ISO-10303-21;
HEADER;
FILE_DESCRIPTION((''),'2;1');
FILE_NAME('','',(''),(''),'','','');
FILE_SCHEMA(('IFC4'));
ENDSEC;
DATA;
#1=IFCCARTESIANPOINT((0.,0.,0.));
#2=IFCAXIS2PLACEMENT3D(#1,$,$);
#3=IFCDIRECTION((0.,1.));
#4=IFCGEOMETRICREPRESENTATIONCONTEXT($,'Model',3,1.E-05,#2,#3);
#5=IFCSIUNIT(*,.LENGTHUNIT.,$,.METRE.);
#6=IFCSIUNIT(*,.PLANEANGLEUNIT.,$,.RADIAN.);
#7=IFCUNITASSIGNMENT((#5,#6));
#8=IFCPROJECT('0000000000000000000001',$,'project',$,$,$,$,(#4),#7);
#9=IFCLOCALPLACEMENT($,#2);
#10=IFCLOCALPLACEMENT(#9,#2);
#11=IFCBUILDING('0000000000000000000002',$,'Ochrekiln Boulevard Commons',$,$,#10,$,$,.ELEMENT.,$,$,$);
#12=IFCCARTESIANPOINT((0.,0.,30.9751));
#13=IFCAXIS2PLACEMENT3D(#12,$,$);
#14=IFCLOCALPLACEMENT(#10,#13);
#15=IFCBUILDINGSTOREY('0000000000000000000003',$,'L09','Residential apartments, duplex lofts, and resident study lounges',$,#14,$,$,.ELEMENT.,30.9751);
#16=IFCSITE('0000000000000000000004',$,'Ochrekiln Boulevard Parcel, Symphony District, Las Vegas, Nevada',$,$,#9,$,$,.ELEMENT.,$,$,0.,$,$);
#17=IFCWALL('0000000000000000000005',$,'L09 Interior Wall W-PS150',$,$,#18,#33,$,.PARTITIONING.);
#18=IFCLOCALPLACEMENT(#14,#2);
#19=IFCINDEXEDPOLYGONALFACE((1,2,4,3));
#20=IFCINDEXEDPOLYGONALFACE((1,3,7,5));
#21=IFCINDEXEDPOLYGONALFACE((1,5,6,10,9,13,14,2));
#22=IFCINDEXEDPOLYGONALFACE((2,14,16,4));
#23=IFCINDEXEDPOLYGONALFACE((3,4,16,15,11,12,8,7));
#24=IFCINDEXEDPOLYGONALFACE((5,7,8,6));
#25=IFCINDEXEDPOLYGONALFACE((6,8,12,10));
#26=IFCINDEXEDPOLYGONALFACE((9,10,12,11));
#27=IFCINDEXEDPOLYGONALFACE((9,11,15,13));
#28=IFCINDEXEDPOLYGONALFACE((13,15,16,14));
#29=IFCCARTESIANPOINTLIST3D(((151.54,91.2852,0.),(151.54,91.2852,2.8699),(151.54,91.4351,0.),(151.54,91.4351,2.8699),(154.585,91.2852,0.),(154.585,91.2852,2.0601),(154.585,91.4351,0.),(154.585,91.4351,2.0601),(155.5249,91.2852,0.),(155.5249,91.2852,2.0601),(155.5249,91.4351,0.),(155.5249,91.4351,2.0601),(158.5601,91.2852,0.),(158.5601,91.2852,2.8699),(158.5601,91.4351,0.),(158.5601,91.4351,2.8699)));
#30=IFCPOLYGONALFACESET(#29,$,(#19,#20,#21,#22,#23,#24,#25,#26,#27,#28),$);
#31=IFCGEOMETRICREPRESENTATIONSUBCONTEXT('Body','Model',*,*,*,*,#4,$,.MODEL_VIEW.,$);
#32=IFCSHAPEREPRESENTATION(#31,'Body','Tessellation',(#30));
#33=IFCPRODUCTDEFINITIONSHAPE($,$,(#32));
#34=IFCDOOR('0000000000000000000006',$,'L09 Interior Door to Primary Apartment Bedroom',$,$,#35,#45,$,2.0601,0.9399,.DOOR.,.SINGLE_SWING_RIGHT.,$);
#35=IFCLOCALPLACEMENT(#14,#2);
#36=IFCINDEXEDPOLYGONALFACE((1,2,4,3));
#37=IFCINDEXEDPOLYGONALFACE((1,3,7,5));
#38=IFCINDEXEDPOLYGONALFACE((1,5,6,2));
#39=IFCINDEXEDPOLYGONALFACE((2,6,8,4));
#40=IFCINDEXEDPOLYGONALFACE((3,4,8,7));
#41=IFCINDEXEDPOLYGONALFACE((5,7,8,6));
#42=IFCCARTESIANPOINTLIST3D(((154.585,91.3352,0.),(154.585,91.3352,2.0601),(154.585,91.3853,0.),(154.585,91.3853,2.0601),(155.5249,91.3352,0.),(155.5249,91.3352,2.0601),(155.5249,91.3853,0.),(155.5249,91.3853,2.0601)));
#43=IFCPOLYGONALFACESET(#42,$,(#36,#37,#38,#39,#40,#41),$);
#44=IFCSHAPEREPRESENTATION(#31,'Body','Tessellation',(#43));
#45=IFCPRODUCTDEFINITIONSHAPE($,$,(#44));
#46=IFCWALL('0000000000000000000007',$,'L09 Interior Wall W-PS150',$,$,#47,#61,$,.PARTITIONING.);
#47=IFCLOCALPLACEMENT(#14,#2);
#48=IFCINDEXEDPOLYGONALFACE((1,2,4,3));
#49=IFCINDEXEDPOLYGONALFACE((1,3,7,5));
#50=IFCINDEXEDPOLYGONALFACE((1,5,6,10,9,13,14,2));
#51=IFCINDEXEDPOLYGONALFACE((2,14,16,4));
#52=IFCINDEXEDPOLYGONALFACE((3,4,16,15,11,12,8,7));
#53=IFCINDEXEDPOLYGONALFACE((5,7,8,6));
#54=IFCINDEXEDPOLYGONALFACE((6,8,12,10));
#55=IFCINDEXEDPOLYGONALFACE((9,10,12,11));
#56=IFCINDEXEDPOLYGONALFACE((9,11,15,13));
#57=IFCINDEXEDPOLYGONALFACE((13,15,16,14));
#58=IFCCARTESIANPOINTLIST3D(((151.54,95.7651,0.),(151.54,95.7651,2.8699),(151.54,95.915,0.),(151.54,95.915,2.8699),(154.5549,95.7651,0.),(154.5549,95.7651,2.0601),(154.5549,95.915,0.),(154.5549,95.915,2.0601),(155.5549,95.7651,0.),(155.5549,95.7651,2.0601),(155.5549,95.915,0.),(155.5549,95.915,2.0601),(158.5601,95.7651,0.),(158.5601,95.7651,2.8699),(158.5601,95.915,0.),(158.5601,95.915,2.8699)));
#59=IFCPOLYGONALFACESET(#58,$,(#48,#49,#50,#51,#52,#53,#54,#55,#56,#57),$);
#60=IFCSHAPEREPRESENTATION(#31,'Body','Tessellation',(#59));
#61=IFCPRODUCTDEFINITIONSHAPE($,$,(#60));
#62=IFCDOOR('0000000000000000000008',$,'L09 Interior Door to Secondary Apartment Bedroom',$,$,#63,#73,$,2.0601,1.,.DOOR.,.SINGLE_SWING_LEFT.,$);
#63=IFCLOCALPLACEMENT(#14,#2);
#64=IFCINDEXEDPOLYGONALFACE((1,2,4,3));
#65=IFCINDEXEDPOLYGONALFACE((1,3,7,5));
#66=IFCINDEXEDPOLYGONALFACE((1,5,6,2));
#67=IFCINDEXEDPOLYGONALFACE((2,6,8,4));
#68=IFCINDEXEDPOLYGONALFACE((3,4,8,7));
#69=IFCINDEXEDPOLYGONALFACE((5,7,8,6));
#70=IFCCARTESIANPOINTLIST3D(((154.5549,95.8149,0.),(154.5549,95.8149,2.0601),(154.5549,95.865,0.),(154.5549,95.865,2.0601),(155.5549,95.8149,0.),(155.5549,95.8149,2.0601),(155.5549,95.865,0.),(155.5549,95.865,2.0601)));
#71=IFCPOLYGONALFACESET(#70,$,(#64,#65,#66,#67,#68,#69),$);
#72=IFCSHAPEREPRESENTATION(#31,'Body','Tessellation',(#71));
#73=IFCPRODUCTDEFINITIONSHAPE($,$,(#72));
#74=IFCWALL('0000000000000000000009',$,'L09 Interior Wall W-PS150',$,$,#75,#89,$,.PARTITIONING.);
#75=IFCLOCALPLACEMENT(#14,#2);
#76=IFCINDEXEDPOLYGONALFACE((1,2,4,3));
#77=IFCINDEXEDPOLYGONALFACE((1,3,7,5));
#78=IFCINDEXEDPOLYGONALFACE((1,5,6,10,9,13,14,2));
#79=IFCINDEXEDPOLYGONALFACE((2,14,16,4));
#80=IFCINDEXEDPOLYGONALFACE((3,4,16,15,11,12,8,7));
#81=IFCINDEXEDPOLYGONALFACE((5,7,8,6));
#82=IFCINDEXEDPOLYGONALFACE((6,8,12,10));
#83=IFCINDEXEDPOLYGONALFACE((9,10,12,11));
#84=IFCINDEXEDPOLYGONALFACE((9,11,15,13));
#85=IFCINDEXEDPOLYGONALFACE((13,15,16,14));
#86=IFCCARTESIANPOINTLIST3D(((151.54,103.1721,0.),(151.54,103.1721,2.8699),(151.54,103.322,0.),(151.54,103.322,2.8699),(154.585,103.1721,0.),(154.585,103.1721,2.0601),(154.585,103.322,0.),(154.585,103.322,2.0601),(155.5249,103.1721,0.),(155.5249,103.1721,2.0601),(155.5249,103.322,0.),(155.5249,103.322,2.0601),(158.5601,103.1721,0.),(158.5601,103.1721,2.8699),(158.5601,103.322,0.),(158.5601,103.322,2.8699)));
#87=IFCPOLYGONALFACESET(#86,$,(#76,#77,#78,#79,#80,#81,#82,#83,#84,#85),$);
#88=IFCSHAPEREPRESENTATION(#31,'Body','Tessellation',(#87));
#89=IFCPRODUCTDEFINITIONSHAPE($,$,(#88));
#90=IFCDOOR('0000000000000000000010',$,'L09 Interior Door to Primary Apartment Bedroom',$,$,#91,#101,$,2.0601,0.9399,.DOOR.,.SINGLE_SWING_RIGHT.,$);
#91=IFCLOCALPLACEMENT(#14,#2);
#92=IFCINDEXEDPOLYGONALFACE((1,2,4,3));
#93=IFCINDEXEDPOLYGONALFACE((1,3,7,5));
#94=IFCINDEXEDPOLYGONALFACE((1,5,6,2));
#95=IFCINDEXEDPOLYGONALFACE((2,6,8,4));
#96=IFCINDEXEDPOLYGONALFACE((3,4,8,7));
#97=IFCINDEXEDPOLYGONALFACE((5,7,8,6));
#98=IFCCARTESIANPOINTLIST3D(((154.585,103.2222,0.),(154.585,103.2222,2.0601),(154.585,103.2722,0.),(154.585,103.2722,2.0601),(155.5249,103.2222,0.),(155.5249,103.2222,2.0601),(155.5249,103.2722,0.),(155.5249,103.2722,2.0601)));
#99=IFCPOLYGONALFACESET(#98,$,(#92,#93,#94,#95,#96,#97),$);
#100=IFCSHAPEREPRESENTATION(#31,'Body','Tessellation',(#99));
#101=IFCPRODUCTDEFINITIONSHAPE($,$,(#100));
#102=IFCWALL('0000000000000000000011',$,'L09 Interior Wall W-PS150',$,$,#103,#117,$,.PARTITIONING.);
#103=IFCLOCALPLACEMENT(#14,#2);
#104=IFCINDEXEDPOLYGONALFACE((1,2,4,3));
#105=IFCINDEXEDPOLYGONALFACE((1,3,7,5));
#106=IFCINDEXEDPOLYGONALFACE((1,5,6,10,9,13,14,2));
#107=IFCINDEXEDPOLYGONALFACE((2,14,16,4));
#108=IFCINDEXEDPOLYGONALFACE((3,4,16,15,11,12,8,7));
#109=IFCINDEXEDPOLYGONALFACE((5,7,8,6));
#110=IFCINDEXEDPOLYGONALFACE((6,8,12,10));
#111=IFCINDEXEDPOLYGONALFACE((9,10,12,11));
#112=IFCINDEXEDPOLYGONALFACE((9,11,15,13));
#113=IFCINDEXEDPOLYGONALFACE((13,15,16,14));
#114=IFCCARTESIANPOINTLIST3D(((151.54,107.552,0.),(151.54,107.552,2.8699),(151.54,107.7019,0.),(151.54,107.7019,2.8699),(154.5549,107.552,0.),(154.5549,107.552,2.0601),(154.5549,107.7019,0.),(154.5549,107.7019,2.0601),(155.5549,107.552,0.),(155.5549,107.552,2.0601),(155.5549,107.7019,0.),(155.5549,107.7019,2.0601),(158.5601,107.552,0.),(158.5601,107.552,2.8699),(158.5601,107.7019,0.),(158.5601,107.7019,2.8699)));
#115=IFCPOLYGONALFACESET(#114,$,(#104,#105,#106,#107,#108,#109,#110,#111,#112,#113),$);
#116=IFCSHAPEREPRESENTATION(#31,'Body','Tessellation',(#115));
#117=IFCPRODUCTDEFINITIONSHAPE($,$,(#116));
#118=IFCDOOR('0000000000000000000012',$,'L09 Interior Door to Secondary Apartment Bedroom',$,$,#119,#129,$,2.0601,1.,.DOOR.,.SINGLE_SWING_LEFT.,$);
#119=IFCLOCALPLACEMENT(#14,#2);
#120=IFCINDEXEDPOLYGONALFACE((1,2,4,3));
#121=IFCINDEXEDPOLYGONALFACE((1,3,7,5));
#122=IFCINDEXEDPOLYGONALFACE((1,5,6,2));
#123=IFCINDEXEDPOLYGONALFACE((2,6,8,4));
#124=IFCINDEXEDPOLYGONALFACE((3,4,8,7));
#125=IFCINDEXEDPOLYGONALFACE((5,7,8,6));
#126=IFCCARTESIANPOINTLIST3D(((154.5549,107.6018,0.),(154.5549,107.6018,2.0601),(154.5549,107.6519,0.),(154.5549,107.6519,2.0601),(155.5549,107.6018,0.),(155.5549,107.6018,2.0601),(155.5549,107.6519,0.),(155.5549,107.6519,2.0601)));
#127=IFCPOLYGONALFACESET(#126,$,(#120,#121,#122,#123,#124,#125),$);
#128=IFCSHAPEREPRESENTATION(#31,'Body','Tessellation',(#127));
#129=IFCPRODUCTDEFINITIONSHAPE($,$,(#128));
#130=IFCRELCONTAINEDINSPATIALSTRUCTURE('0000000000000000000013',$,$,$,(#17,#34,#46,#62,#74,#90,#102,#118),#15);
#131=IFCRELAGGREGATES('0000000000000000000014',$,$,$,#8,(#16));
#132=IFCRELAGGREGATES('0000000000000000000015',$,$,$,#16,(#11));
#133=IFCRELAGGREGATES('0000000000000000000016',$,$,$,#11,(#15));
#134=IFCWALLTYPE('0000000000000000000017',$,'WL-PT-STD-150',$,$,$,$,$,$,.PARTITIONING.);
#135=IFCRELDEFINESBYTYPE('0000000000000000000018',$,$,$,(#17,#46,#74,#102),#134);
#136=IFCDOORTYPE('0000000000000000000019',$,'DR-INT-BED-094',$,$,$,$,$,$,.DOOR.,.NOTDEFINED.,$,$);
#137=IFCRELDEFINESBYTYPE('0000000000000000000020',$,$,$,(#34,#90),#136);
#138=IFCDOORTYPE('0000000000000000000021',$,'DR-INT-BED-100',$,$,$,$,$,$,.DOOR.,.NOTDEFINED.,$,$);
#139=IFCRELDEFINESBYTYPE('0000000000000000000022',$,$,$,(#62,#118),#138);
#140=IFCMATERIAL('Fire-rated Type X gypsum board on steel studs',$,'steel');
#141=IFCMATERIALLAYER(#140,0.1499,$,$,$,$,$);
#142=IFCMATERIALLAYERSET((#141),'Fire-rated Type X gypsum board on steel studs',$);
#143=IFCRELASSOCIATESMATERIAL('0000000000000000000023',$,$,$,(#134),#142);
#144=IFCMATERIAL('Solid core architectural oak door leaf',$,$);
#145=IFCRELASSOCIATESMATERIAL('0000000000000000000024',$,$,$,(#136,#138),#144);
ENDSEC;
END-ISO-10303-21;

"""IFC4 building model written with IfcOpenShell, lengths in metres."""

from ifc_helpers import new_model, si_unit, direction, frame, frame_2d, origin, place, context, subcontext, project, spatial, rectangle, extrude, material, layer, layer_set, type_object, element, fill, save


model = new_model("IFC4")

# Units and contexts
model_context = context("Model", 3, precision=1e-05, world=origin(), true_north=direction((0.0, 1.0)))
body_context = subcontext(model_context, "Body", "Model", "MODEL_VIEW")
ifc_project = project(units=[si_unit("LENGTHUNIT", "METRE"), si_unit("PLANEANGLEUNIT", "RADIAN")], contexts=[model_context])

# Site, building, storey
site_placement = place(None, origin())
site = spatial("IfcSite", under=ifc_project, at=site_placement, Name="Ochrekiln Boulevard Parcel, Symphony District, Las Vegas, Nevada", CompositionType="ELEMENT", RefElevation=0.0)
building_placement = place(site_placement, origin())
building = spatial("IfcBuilding", under=site, at=building_placement, Name="Ochrekiln Boulevard Commons", CompositionType="ELEMENT")
storey_placement = place(building_placement, frame((0.0, 0.0, 30.9751)))
storey = spatial("IfcBuildingStorey", under=building, at=storey_placement, Name="L09", Description="Residential apartments, duplex lofts, and resident study lounges", CompositionType="ELEMENT", Elevation=30.9751)

# Shared definitions
ifc_material_1 = material(Name="Fire-rated Type X gypsum board on steel studs", Category="steel")

# Walls, openings, doors
ifc_layer_1 = layer(ifc_material_1, 0.1499)
ifc_layer_set_1 = layer_set([ifc_layer_1], Name="Fire-rated Type X gypsum board on steel studs")
wall_type_1 = type_object("IfcWallType", Name="WL-PT-STD-150", PredefinedType="PARTITIONING", material=ifc_layer_set_1)
wall_1_placement = place(storey_placement, frame((151.54, 91.3601, 0.0), z_axis=(0.0, 0.0, 1.0), x_axis=(1.0, 0.0, 0.0)))
wall_1 = element("IfcWall", 1, at=wall_1_placement, inside=storey, type_object=wall_type_1, Name="L09 Interior Wall W-PS150", PredefinedType="PARTITIONING", context=body_context, shape_type="SweptSolid", body=[
    extrude(rectangle(XDim=7.02, YDim=0.1499, at=frame_2d((3.51, 0.0))), origin(), (0.0, 0.0, 1.0), 2.8699),
])
opening_1_placement = place(wall_1_placement, frame((3.0449, 0.0, 0.0)))
opening_1 = element("IfcOpeningElement", 2, at=opening_1_placement, cuts=wall_1, PredefinedType="OPENING", context=body_context, shape_type="SweptSolid", body=[
    extrude(rectangle(XDim=0.9399, YDim=2.0601, at=frame_2d((0.47, 1.03))), frame((0.0, 0.085, 0.0), z_axis=(0.0, -1.0, 0.0), x_axis=(1.0, 0.0, 0.0)), (0.0, 0.0, 1.0), 0.1699),
])
ifc_material_2 = material(Name="Solid core architectural oak door leaf")
door_type_1 = type_object("IfcDoorType", Name="DR-INT-BED-094", OperationType="NOTDEFINED", PredefinedType="DOOR", material=ifc_material_2)
door_1_placement = place(opening_1_placement, frame((0.9399, 0.0, 0.0), z_axis=(0.0, 0.0, 1.0), x_axis=(-1.0, 0.0, 0.0)))
door_1 = element("IfcDoor", 3, at=door_1_placement, inside=storey, type_object=door_type_1, Name="L09 Interior Door to Primary Apartment Bedroom", OperationType="SINGLE_SWING_RIGHT", OverallHeight=2.0601, OverallWidth=0.9399, PredefinedType="DOOR", context=body_context, shape_type="SweptSolid", body=[
    extrude(rectangle(XDim=0.9399, YDim=2.0601, at=frame_2d((0.47, 1.03))), frame((0.0, 0.0249, 0.0), z_axis=(0.0, -1.0, 0.0), x_axis=(1.0, 0.0, 0.0)), (0.0, 0.0, 1.0), 0.05),
])
fill(opening_1, door_1)
wall_2_placement = place(storey_placement, frame((151.54, 95.8401, 0.0), z_axis=(0.0, 0.0, 1.0), x_axis=(1.0, 0.0, 0.0)))
wall_2 = element("IfcWall", 4, at=wall_2_placement, inside=storey, type_object=wall_type_1, Name="L09 Interior Wall W-PS150", PredefinedType="PARTITIONING", context=body_context, shape_type="SweptSolid", body=[
    extrude(rectangle(XDim=7.02, YDim=0.1499, at=frame_2d((3.51, 0.0))), origin(), (0.0, 0.0, 1.0), 2.8699),
])
opening_2_placement = place(wall_2_placement, frame((3.0149, 0.0, 0.0)))
opening_2 = element("IfcOpeningElement", 5, at=opening_2_placement, cuts=wall_2, PredefinedType="OPENING", context=body_context, shape_type="SweptSolid", body=[
    extrude(rectangle(XDim=1.0, YDim=2.0601, at=frame_2d((0.5, 1.03))), frame((0.0, 0.085, 0.0), z_axis=(0.0, -1.0, 0.0), x_axis=(1.0, 0.0, 0.0)), (0.0, 0.0, 1.0), 0.1699),
])
door_type_2 = type_object("IfcDoorType", Name="DR-INT-BED-100", OperationType="NOTDEFINED", PredefinedType="DOOR", material=ifc_material_2)
door_2_placement = place(opening_2_placement, origin())
door_2 = element("IfcDoor", 6, at=door_2_placement, inside=storey, type_object=door_type_2, Name="L09 Interior Door to Secondary Apartment Bedroom", OperationType="SINGLE_SWING_LEFT", OverallHeight=2.0601, OverallWidth=1.0, PredefinedType="DOOR", context=body_context, shape_type="SweptSolid", body=[
    extrude(rectangle(XDim=1.0, YDim=2.0601, at=frame_2d((0.5, 1.03))), frame((0.0, 0.0249, 0.0), z_axis=(0.0, -1.0, 0.0), x_axis=(1.0, 0.0, 0.0)), (0.0, 0.0, 1.0), 0.05),
])
fill(opening_2, door_2)
wall_3_placement = place(storey_placement, frame((151.54, 103.2471, 0.0), z_axis=(0.0, 0.0, 1.0), x_axis=(1.0, 0.0, 0.0)))
wall_3 = element("IfcWall", 7, at=wall_3_placement, inside=storey, type_object=wall_type_1, Name="L09 Interior Wall W-PS150", PredefinedType="PARTITIONING", context=body_context, shape_type="SweptSolid", body=[
    extrude(rectangle(XDim=7.02, YDim=0.1499, at=frame_2d((3.51, 0.0))), origin(), (0.0, 0.0, 1.0), 2.8699),
])
opening_3_placement = place(wall_3_placement, frame((3.0449, 0.0, 0.0)))
opening_3 = element("IfcOpeningElement", 8, at=opening_3_placement, cuts=wall_3, PredefinedType="OPENING", context=body_context, shape_type="SweptSolid", body=[
    extrude(rectangle(XDim=0.9399, YDim=2.0601, at=frame_2d((0.47, 1.03))), frame((0.0, 0.085, 0.0), z_axis=(0.0, -1.0, 0.0), x_axis=(1.0, 0.0, 0.0)), (0.0, 0.0, 1.0), 0.1699),
])
door_3_placement = place(opening_3_placement, frame((0.9399, 0.0, 0.0), z_axis=(0.0, 0.0, 1.0), x_axis=(-1.0, 0.0, 0.0)))
door_3 = element("IfcDoor", 9, at=door_3_placement, inside=storey, type_object=door_type_1, Name="L09 Interior Door to Primary Apartment Bedroom", OperationType="SINGLE_SWING_RIGHT", OverallHeight=2.0601, OverallWidth=0.9399, PredefinedType="DOOR", context=body_context, shape_type="SweptSolid", body=[
    extrude(rectangle(XDim=0.9399, YDim=2.0601, at=frame_2d((0.47, 1.03))), frame((0.0, 0.0249, 0.0), z_axis=(0.0, -1.0, 0.0), x_axis=(1.0, 0.0, 0.0)), (0.0, 0.0, 1.0), 0.05),
])
fill(opening_3, door_3)
wall_4_placement = place(storey_placement, frame((151.54, 107.627, 0.0), z_axis=(0.0, 0.0, 1.0), x_axis=(1.0, 0.0, 0.0)))
wall_4 = element("IfcWall", 10, at=wall_4_placement, inside=storey, type_object=wall_type_1, Name="L09 Interior Wall W-PS150", PredefinedType="PARTITIONING", context=body_context, shape_type="SweptSolid", body=[
    extrude(rectangle(XDim=7.02, YDim=0.1499, at=frame_2d((3.51, 0.0))), origin(), (0.0, 0.0, 1.0), 2.8699),
])
opening_4_placement = place(wall_4_placement, frame((3.0149, 0.0, 0.0)))
opening_4 = element("IfcOpeningElement", 11, at=opening_4_placement, cuts=wall_4, PredefinedType="OPENING", context=body_context, shape_type="SweptSolid", body=[
    extrude(rectangle(XDim=1.0, YDim=2.0601, at=frame_2d((0.5, 1.03))), frame((0.0, 0.085, 0.0), z_axis=(0.0, -1.0, 0.0), x_axis=(1.0, 0.0, 0.0)), (0.0, 0.0, 1.0), 0.1699),
])
door_4_placement = place(opening_4_placement, origin())
door_4 = element("IfcDoor", 12, at=door_4_placement, inside=storey, type_object=door_type_2, Name="L09 Interior Door to Secondary Apartment Bedroom", OperationType="SINGLE_SWING_LEFT", OverallHeight=2.0601, OverallWidth=1.0, PredefinedType="DOOR", context=body_context, shape_type="SweptSolid", body=[
    extrude(rectangle(XDim=1.0, YDim=2.0601, at=frame_2d((0.5, 1.03))), frame((0.0, 0.0249, 0.0), z_axis=(0.0, -1.0, 0.0), x_axis=(1.0, 0.0, 0.0)), (0.0, 0.0, 1.0), 0.05),
])
fill(opening_4, door_4)

save(model, "model.ifc")
